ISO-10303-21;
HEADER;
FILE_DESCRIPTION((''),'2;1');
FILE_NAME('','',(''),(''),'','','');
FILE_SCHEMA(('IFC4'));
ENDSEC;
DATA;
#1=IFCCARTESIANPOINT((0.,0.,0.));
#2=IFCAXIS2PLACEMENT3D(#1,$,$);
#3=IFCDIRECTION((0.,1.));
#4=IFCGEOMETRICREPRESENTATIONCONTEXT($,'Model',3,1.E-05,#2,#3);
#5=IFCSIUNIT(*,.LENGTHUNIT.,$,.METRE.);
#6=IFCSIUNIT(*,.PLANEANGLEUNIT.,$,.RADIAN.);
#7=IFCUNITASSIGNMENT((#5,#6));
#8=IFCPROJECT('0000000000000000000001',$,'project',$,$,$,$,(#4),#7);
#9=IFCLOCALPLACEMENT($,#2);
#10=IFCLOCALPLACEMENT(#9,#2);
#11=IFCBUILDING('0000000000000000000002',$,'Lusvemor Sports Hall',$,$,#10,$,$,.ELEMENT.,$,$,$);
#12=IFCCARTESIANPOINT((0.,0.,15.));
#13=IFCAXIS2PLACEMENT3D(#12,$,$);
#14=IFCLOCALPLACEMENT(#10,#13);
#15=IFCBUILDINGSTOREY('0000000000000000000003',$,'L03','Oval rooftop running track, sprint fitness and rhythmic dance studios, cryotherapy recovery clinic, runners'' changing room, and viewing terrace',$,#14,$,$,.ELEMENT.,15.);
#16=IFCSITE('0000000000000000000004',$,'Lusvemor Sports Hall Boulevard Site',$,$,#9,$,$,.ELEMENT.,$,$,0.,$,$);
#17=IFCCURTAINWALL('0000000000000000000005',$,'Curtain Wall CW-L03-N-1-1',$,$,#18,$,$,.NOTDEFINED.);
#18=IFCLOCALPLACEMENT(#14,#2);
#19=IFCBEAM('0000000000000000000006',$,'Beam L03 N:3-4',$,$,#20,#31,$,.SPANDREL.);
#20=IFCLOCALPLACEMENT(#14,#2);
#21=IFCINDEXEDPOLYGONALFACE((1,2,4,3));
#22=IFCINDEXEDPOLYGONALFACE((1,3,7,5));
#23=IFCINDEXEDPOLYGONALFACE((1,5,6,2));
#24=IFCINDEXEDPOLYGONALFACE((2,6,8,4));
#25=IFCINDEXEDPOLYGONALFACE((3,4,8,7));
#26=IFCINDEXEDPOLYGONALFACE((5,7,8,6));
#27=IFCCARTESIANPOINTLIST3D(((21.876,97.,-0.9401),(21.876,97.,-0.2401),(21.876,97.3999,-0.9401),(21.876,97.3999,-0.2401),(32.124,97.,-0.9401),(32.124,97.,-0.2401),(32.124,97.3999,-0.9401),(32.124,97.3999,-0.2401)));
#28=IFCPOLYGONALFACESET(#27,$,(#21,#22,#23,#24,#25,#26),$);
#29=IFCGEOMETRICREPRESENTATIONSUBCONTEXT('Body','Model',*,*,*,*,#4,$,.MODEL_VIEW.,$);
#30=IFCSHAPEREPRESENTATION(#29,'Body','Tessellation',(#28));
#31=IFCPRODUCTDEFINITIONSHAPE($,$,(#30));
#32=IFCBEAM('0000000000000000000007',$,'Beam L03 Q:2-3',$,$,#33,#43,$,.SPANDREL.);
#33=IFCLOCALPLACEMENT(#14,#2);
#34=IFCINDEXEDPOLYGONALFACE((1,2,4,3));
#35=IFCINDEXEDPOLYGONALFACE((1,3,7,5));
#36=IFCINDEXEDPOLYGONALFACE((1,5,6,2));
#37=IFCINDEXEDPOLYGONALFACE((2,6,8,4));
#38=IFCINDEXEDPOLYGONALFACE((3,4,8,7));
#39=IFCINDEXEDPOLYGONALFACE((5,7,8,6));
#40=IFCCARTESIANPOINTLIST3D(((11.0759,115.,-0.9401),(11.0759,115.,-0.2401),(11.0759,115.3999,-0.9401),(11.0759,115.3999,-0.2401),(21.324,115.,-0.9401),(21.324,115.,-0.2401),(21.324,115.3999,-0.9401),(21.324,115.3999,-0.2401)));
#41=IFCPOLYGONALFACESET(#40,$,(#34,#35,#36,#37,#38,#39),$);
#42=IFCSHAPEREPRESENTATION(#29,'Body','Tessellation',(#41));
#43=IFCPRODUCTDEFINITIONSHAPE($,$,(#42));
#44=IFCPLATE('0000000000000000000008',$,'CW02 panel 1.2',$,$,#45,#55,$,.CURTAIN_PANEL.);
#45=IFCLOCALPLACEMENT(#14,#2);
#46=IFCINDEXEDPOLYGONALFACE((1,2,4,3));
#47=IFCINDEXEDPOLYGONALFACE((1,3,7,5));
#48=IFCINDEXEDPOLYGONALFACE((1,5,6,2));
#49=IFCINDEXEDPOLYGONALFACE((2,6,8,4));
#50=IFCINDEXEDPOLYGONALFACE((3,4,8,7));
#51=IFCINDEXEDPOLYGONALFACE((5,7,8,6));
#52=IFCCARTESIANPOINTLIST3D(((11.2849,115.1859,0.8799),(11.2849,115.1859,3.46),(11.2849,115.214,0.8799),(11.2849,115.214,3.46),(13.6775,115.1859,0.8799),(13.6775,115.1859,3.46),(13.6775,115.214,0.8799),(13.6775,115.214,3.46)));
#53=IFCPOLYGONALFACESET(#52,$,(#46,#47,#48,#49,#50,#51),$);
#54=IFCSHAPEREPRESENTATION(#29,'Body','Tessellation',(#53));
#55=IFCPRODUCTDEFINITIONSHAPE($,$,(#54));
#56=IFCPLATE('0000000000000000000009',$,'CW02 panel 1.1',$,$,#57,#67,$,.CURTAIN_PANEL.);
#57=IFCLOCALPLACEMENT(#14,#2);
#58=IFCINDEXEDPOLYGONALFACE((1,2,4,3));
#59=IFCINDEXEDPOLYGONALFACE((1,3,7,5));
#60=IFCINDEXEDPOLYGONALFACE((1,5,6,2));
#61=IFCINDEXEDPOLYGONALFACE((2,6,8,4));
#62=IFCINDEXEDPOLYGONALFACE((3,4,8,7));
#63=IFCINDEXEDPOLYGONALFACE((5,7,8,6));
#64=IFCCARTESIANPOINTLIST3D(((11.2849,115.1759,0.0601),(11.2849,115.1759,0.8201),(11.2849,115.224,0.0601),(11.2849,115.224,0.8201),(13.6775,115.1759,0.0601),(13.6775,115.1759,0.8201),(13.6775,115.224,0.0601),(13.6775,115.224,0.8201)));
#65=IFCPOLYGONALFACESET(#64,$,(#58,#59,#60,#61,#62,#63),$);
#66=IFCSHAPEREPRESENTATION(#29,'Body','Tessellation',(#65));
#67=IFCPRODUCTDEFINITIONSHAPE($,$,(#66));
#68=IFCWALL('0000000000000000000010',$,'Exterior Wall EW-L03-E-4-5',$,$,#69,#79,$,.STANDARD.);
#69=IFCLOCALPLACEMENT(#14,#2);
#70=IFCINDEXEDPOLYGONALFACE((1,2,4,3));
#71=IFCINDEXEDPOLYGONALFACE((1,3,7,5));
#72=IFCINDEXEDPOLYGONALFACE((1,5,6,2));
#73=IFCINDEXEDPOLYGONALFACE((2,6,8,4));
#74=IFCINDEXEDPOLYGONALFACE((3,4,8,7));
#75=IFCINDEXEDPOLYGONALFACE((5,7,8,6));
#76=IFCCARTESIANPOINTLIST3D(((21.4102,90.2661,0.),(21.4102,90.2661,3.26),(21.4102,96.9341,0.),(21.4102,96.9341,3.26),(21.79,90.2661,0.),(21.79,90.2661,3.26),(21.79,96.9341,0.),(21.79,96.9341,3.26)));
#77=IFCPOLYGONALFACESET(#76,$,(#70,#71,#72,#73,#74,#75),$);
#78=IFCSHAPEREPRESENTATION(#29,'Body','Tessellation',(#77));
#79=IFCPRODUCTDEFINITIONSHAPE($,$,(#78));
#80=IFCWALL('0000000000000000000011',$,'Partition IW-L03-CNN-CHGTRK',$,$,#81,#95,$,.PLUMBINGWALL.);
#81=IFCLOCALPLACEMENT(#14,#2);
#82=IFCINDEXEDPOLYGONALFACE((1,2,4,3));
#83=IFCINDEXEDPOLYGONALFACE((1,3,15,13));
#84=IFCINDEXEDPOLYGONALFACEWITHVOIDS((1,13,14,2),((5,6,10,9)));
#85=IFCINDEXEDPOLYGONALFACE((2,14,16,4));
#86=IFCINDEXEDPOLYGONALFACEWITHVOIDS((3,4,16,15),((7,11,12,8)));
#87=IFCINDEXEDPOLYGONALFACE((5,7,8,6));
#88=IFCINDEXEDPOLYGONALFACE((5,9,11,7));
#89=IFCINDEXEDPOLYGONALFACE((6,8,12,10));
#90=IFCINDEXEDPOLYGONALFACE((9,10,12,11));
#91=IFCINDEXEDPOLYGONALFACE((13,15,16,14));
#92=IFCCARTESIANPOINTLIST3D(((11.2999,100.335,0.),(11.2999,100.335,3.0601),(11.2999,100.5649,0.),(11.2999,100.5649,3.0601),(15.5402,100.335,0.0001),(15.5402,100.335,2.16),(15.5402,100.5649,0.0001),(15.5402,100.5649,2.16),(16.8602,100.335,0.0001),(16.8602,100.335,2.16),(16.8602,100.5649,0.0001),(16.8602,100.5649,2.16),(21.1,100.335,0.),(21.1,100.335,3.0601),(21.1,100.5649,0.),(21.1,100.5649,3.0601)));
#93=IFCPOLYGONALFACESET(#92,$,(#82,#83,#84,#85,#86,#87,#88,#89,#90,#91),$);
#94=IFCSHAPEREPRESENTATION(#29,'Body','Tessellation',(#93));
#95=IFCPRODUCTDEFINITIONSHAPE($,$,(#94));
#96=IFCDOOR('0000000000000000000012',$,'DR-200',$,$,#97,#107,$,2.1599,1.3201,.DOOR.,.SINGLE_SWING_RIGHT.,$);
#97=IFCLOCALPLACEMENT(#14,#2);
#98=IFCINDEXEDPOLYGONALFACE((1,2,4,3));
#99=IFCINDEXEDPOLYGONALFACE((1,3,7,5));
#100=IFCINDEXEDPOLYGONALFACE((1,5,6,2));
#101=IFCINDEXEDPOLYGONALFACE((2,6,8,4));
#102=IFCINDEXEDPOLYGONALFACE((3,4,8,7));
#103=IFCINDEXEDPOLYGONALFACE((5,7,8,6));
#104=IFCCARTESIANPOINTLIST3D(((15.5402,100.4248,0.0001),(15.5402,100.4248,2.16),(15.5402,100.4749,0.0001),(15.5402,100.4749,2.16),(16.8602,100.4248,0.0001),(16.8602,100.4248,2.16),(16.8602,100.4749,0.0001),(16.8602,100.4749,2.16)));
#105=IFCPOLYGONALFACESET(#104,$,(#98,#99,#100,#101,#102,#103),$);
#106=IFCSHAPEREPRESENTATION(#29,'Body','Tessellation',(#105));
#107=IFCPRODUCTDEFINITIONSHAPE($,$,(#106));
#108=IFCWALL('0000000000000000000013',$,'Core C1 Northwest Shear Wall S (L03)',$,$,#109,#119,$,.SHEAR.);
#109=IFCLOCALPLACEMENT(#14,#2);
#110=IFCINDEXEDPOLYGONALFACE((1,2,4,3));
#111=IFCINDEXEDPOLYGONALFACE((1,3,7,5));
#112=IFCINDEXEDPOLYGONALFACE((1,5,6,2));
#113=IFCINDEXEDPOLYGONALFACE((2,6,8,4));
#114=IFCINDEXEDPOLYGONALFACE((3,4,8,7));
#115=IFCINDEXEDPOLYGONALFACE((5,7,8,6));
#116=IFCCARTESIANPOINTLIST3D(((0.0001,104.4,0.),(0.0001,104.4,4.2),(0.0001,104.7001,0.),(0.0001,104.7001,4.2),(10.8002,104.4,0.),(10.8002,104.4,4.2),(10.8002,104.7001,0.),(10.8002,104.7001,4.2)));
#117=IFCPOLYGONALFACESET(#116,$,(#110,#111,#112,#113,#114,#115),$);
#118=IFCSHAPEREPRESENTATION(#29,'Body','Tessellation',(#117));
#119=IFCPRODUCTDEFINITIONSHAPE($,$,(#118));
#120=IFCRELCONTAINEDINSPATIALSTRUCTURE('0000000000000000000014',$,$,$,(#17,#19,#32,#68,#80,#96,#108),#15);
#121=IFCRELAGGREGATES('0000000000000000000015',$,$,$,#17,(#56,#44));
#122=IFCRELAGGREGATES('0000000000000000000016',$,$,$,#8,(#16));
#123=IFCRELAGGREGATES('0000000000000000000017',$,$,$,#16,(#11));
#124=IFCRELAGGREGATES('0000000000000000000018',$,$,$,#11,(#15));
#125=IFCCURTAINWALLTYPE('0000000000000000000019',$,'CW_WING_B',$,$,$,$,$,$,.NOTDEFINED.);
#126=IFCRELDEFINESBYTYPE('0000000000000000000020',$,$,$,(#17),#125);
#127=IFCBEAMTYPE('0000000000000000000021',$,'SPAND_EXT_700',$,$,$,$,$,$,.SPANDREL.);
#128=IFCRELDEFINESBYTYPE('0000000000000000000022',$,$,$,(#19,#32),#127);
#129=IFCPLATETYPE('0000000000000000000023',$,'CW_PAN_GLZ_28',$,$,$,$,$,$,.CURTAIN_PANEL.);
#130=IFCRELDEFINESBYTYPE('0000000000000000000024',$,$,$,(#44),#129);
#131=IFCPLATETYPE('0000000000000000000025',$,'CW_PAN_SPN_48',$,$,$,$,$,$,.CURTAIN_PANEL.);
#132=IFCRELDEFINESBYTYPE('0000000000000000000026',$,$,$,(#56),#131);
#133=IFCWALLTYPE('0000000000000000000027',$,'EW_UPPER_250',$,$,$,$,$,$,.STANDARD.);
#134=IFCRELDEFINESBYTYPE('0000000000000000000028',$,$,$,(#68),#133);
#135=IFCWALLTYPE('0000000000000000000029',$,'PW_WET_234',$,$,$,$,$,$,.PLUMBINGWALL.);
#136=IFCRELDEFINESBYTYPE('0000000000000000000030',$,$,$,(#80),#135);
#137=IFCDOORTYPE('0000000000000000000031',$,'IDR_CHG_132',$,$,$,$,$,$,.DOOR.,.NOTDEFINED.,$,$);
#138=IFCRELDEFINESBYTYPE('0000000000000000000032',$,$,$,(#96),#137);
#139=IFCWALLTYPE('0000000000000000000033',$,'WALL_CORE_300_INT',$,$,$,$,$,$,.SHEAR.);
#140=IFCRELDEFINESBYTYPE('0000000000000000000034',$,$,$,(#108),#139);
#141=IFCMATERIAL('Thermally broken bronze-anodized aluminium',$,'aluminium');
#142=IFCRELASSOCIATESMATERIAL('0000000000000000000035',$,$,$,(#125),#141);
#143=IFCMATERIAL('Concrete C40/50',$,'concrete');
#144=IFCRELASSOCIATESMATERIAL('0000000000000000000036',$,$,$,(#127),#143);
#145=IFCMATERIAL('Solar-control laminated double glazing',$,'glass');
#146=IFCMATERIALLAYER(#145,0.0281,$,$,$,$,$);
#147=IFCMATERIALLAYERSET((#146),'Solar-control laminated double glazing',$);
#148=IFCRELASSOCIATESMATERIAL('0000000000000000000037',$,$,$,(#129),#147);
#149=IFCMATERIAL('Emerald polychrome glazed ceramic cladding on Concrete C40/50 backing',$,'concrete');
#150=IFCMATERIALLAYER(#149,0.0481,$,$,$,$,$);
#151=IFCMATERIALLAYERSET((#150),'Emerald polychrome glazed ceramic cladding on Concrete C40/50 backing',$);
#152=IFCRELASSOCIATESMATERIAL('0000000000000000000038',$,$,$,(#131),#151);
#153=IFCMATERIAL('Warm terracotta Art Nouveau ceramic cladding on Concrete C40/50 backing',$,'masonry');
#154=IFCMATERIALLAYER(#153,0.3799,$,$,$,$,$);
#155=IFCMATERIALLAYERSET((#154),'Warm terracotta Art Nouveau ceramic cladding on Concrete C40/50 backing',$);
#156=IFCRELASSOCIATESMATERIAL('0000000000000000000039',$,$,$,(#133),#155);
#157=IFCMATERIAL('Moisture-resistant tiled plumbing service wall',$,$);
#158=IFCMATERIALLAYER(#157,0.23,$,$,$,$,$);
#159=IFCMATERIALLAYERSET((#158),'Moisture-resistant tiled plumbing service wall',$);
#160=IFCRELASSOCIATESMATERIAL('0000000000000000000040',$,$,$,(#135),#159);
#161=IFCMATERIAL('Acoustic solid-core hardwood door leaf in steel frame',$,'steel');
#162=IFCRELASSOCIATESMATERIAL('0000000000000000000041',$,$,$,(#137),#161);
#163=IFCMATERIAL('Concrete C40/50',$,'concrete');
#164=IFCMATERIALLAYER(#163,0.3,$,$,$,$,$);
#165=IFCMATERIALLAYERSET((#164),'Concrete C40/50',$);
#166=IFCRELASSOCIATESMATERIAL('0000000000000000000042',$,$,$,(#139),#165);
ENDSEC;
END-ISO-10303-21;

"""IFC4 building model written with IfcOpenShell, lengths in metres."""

from ifc_helpers import new_model, si_unit, direction, frame, frame_2d, origin, origin_2d, place, context, subcontext, project, spatial, rectangle, extrude, material, layer, layer_set, material_profile, profile_set, type_object, element, fill, aggregate, save


model = new_model("IFC4")

# Units and contexts
model_context = context("Model", 3, precision=1e-05, world=origin(), true_north=direction((0.0, 1.0)))
body_context = subcontext(model_context, "Body", "Model", "MODEL_VIEW")
ifc_project = project(units=[si_unit("LENGTHUNIT", "METRE"), si_unit("PLANEANGLEUNIT", "RADIAN")], contexts=[model_context])

# Site, building, storey
site_placement = place(None, origin())
site = spatial("IfcSite", under=ifc_project, at=site_placement, Name="Lusvemor Sports Hall Boulevard Site", CompositionType="ELEMENT", RefElevation=0.0)
building_placement = place(site_placement, origin())
building = spatial("IfcBuilding", under=site, at=building_placement, Name="Lusvemor Sports Hall", CompositionType="ELEMENT")
storey_placement = place(building_placement, frame((0.0, 0.0, 15.0)))
storey = spatial("IfcBuildingStorey", under=building, at=storey_placement, Name="L03", Description="Oval rooftop running track, sprint fitness and rhythmic dance studios, cryotherapy recovery clinic, runners' changing room, and viewing terrace", CompositionType="ELEMENT", Elevation=15.0)

# Curtain wall
ifc_material_1 = material(Name="Thermally broken bronze-anodized aluminium", Category="aluminium")
curtain_wall_type = type_object("IfcCurtainWallType", Name="CW_WING_B", PredefinedType="NOTDEFINED", material=ifc_material_1)
curtain_wall_placement = place(storey_placement, origin())
curtain_wall = element("IfcCurtainWall", 1, at=curtain_wall_placement, inside=storey, type_object=curtain_wall_type, Name="Curtain Wall CW-L03-N-1-1", PredefinedType="NOTDEFINED")

# Beams
ifc_material_2 = material(Name="Concrete C40/50", Category="concrete")
ifc_material_profile_1 = material_profile(ifc_material_2, rectangle(XDim=0.3999, YDim=0.7, at=origin_2d()), Name="RC400x700")
ifc_profile_set_1 = profile_set([ifc_material_profile_1], Name="Concrete C40/50")
beam_type_1 = type_object("IfcBeamType", Name="SPAND_EXT_700", PredefinedType="SPANDREL", material=ifc_profile_set_1)
for number, where, z_axis, x_axis, name in (
    (2, (21.876, 97.2, -0.5901), (1.0, 0.0, 0.0), (0.0, 1.0, 0.0), "Beam L03 N:3-4"),
    (3, (11.0759, 115.2, -0.5901), (1.0, 0.0, 0.0), (0.0, 1.0, 0.0), "Beam L03 Q:2-3"),
):
    element("IfcBeam", number, at=place(storey_placement, frame(where, z_axis=z_axis, x_axis=x_axis)), inside=storey, type_object=beam_type_1, Name=name, PredefinedType="SPANDREL", context=body_context, shape_type="SweptSolid", body=[
        extrude(rectangle(XDim=0.3999, YDim=0.7, at=origin_2d()), origin(), (0.0, 0.0, 1.0), 10.248),
    ])

# Plates
ifc_material_3 = material(Name="Solar-control laminated double glazing", Category="glass")
ifc_layer_1 = layer(ifc_material_3, 0.0281)
ifc_layer_set_1 = layer_set([ifc_layer_1], Name="Solar-control laminated double glazing")
plate_type_1 = type_object("IfcPlateType", Name="CW_PAN_GLZ_28", PredefinedType="CURTAIN_PANEL", material=ifc_layer_set_1)
plate_1_placement = place(storey_placement, frame((12.4812, 115.2, 0.8799), z_axis=(0.0, 0.0, 1.0), x_axis=(1.0, 0.0, 0.0)))
plate_1 = element("IfcPlate", 4, at=plate_1_placement, type_object=plate_type_1, Name="CW02 panel 1.2", PredefinedType="CURTAIN_PANEL", context=body_context, shape_type="SweptSolid", body=[
    extrude(rectangle(XDim=2.3926, YDim=0.0281, at=origin_2d()), origin(), (0.0, 0.0, 1.0), 2.5801),
])
ifc_material_4 = material(Name="Emerald polychrome glazed ceramic cladding on Concrete C40/50 backing", Category="concrete")
ifc_layer_2 = layer(ifc_material_4, 0.0481)
ifc_layer_set_2 = layer_set([ifc_layer_2], Name="Emerald polychrome glazed ceramic cladding on Concrete C40/50 backing")
plate_type_2 = type_object("IfcPlateType", Name="CW_PAN_SPN_48", PredefinedType="CURTAIN_PANEL", material=ifc_layer_set_2)
plate_2_placement = place(storey_placement, frame((12.4812, 115.2, 0.0601), z_axis=(0.0, 0.0, 1.0), x_axis=(1.0, 0.0, 0.0)))
plate_2 = element("IfcPlate", 5, at=plate_2_placement, type_object=plate_type_2, Name="CW02 panel 1.1", PredefinedType="CURTAIN_PANEL", context=body_context, shape_type="SweptSolid", body=[
    extrude(rectangle(XDim=2.3926, YDim=0.0481, at=origin_2d()), origin(), (0.0, 0.0, 1.0), 0.76),
])
aggregate(curtain_wall, [plate_2, plate_1])

# Wall
ifc_material_5 = material(Name="Warm terracotta Art Nouveau ceramic cladding on Concrete C40/50 backing", Category="masonry")
ifc_layer_3 = layer(ifc_material_5, 0.3799)
ifc_layer_set_3 = layer_set([ifc_layer_3], Name="Warm terracotta Art Nouveau ceramic cladding on Concrete C40/50 backing")
wall_type_1 = type_object("IfcWallType", Name="EW_UPPER_250", PredefinedType="STANDARD", material=ifc_layer_set_3)
wall_1_placement = place(storey_placement, frame((21.6001, 96.9341, 0.0), z_axis=(0.0, 0.0, 1.0), x_axis=(0.0, -1.0, 0.0)))
element("IfcWall", 6, at=wall_1_placement, inside=storey, type_object=wall_type_1, Name="Exterior Wall EW-L03-E-4-5", PredefinedType="STANDARD", context=body_context, shape_type="SweptSolid", body=[
    extrude(rectangle(XDim=6.668, YDim=0.3799, at=frame_2d((3.334, 0.0))), origin(), (0.0, 0.0, 1.0), 3.26),
])

# Wall, opening, door
ifc_material_6 = material(Name="Moisture-resistant tiled plumbing service wall")
ifc_layer_4 = layer(ifc_material_6, 0.23)
ifc_layer_set_4 = layer_set([ifc_layer_4], Name="Moisture-resistant tiled plumbing service wall")
wall_type_2 = type_object("IfcWallType", Name="PW_WET_234", PredefinedType="PLUMBINGWALL", material=ifc_layer_set_4)
wall_2_placement = place(storey_placement, frame((11.3, 100.45, 0.0), z_axis=(0.0, 0.0, 1.0), x_axis=(1.0, 0.0, 0.0)))
wall_2 = element("IfcWall", 7, at=wall_2_placement, inside=storey, type_object=wall_type_2, Name="Partition IW-L03-CNN-CHGTRK", PredefinedType="PLUMBINGWALL", context=body_context, shape_type="SweptSolid", body=[
    extrude(rectangle(XDim=9.8, YDim=0.23, at=frame_2d((4.8999, 0.0))), origin(), (0.0, 0.0, 1.0), 3.0601),
])
opening_placement = place(wall_2_placement, frame((4.24, 0.0, 0.0)))
opening = element("IfcOpeningElement", 8, at=opening_placement, cuts=wall_2, PredefinedType="OPENING", context=body_context, shape_type="SweptSolid", body=[
    extrude(rectangle(XDim=1.3201, YDim=2.1599, at=frame_2d((0.6602, 1.0801))), frame((0.0, 0.115, 0.0), z_axis=(0.0, -1.0, 0.0), x_axis=(1.0, 0.0, 0.0)), (0.0, 0.0, 1.0), 0.23),
])
ifc_material_7 = material(Name="Acoustic solid-core hardwood door leaf in steel frame", Category="steel")
door_type = type_object("IfcDoorType", Name="IDR_CHG_132", OperationType="NOTDEFINED", PredefinedType="DOOR", material=ifc_material_7)
door_placement = place(opening_placement, origin())
door = element("IfcDoor", 9, at=door_placement, inside=storey, type_object=door_type, Name="DR-200", OperationType="SINGLE_SWING_RIGHT", OverallHeight=2.1599, OverallWidth=1.3201, PredefinedType="DOOR", context=body_context, shape_type="SweptSolid", body=[
    extrude(rectangle(XDim=1.3201, YDim=2.1599, at=frame_2d((0.6602, 1.0801))), frame((0.0, 0.0249, 0.0), z_axis=(0.0, -1.0, 0.0), x_axis=(1.0, 0.0, 0.0)), (0.0, 0.0, 1.0), 0.05),
])
fill(opening, door)

# Wall
ifc_material_8 = material(Name="Concrete C40/50", Category="concrete")
ifc_layer_5 = layer(ifc_material_8, 0.3)
ifc_layer_set_5 = layer_set([ifc_layer_5], Name="Concrete C40/50")
wall_type_3 = type_object("IfcWallType", Name="WALL_CORE_300_INT", PredefinedType="SHEAR", material=ifc_layer_set_5)
wall_3_placement = place(storey_placement, frame((10.8, 104.55, 0.0), z_axis=(0.0, 0.0, 1.0), x_axis=(-1.0, 0.0, 0.0)))
element("IfcWall", 10, at=wall_3_placement, inside=storey, type_object=wall_type_3, Name="Core C1 Northwest Shear Wall S (L03)", PredefinedType="SHEAR", context=body_context, shape_type="SweptSolid", body=[
    extrude(rectangle(XDim=10.8, YDim=0.3, at=frame_2d((5.3999, 0.0))), origin(), (0.0, 0.0, 1.0), 4.2),
])

save(model, "model.ifc")
